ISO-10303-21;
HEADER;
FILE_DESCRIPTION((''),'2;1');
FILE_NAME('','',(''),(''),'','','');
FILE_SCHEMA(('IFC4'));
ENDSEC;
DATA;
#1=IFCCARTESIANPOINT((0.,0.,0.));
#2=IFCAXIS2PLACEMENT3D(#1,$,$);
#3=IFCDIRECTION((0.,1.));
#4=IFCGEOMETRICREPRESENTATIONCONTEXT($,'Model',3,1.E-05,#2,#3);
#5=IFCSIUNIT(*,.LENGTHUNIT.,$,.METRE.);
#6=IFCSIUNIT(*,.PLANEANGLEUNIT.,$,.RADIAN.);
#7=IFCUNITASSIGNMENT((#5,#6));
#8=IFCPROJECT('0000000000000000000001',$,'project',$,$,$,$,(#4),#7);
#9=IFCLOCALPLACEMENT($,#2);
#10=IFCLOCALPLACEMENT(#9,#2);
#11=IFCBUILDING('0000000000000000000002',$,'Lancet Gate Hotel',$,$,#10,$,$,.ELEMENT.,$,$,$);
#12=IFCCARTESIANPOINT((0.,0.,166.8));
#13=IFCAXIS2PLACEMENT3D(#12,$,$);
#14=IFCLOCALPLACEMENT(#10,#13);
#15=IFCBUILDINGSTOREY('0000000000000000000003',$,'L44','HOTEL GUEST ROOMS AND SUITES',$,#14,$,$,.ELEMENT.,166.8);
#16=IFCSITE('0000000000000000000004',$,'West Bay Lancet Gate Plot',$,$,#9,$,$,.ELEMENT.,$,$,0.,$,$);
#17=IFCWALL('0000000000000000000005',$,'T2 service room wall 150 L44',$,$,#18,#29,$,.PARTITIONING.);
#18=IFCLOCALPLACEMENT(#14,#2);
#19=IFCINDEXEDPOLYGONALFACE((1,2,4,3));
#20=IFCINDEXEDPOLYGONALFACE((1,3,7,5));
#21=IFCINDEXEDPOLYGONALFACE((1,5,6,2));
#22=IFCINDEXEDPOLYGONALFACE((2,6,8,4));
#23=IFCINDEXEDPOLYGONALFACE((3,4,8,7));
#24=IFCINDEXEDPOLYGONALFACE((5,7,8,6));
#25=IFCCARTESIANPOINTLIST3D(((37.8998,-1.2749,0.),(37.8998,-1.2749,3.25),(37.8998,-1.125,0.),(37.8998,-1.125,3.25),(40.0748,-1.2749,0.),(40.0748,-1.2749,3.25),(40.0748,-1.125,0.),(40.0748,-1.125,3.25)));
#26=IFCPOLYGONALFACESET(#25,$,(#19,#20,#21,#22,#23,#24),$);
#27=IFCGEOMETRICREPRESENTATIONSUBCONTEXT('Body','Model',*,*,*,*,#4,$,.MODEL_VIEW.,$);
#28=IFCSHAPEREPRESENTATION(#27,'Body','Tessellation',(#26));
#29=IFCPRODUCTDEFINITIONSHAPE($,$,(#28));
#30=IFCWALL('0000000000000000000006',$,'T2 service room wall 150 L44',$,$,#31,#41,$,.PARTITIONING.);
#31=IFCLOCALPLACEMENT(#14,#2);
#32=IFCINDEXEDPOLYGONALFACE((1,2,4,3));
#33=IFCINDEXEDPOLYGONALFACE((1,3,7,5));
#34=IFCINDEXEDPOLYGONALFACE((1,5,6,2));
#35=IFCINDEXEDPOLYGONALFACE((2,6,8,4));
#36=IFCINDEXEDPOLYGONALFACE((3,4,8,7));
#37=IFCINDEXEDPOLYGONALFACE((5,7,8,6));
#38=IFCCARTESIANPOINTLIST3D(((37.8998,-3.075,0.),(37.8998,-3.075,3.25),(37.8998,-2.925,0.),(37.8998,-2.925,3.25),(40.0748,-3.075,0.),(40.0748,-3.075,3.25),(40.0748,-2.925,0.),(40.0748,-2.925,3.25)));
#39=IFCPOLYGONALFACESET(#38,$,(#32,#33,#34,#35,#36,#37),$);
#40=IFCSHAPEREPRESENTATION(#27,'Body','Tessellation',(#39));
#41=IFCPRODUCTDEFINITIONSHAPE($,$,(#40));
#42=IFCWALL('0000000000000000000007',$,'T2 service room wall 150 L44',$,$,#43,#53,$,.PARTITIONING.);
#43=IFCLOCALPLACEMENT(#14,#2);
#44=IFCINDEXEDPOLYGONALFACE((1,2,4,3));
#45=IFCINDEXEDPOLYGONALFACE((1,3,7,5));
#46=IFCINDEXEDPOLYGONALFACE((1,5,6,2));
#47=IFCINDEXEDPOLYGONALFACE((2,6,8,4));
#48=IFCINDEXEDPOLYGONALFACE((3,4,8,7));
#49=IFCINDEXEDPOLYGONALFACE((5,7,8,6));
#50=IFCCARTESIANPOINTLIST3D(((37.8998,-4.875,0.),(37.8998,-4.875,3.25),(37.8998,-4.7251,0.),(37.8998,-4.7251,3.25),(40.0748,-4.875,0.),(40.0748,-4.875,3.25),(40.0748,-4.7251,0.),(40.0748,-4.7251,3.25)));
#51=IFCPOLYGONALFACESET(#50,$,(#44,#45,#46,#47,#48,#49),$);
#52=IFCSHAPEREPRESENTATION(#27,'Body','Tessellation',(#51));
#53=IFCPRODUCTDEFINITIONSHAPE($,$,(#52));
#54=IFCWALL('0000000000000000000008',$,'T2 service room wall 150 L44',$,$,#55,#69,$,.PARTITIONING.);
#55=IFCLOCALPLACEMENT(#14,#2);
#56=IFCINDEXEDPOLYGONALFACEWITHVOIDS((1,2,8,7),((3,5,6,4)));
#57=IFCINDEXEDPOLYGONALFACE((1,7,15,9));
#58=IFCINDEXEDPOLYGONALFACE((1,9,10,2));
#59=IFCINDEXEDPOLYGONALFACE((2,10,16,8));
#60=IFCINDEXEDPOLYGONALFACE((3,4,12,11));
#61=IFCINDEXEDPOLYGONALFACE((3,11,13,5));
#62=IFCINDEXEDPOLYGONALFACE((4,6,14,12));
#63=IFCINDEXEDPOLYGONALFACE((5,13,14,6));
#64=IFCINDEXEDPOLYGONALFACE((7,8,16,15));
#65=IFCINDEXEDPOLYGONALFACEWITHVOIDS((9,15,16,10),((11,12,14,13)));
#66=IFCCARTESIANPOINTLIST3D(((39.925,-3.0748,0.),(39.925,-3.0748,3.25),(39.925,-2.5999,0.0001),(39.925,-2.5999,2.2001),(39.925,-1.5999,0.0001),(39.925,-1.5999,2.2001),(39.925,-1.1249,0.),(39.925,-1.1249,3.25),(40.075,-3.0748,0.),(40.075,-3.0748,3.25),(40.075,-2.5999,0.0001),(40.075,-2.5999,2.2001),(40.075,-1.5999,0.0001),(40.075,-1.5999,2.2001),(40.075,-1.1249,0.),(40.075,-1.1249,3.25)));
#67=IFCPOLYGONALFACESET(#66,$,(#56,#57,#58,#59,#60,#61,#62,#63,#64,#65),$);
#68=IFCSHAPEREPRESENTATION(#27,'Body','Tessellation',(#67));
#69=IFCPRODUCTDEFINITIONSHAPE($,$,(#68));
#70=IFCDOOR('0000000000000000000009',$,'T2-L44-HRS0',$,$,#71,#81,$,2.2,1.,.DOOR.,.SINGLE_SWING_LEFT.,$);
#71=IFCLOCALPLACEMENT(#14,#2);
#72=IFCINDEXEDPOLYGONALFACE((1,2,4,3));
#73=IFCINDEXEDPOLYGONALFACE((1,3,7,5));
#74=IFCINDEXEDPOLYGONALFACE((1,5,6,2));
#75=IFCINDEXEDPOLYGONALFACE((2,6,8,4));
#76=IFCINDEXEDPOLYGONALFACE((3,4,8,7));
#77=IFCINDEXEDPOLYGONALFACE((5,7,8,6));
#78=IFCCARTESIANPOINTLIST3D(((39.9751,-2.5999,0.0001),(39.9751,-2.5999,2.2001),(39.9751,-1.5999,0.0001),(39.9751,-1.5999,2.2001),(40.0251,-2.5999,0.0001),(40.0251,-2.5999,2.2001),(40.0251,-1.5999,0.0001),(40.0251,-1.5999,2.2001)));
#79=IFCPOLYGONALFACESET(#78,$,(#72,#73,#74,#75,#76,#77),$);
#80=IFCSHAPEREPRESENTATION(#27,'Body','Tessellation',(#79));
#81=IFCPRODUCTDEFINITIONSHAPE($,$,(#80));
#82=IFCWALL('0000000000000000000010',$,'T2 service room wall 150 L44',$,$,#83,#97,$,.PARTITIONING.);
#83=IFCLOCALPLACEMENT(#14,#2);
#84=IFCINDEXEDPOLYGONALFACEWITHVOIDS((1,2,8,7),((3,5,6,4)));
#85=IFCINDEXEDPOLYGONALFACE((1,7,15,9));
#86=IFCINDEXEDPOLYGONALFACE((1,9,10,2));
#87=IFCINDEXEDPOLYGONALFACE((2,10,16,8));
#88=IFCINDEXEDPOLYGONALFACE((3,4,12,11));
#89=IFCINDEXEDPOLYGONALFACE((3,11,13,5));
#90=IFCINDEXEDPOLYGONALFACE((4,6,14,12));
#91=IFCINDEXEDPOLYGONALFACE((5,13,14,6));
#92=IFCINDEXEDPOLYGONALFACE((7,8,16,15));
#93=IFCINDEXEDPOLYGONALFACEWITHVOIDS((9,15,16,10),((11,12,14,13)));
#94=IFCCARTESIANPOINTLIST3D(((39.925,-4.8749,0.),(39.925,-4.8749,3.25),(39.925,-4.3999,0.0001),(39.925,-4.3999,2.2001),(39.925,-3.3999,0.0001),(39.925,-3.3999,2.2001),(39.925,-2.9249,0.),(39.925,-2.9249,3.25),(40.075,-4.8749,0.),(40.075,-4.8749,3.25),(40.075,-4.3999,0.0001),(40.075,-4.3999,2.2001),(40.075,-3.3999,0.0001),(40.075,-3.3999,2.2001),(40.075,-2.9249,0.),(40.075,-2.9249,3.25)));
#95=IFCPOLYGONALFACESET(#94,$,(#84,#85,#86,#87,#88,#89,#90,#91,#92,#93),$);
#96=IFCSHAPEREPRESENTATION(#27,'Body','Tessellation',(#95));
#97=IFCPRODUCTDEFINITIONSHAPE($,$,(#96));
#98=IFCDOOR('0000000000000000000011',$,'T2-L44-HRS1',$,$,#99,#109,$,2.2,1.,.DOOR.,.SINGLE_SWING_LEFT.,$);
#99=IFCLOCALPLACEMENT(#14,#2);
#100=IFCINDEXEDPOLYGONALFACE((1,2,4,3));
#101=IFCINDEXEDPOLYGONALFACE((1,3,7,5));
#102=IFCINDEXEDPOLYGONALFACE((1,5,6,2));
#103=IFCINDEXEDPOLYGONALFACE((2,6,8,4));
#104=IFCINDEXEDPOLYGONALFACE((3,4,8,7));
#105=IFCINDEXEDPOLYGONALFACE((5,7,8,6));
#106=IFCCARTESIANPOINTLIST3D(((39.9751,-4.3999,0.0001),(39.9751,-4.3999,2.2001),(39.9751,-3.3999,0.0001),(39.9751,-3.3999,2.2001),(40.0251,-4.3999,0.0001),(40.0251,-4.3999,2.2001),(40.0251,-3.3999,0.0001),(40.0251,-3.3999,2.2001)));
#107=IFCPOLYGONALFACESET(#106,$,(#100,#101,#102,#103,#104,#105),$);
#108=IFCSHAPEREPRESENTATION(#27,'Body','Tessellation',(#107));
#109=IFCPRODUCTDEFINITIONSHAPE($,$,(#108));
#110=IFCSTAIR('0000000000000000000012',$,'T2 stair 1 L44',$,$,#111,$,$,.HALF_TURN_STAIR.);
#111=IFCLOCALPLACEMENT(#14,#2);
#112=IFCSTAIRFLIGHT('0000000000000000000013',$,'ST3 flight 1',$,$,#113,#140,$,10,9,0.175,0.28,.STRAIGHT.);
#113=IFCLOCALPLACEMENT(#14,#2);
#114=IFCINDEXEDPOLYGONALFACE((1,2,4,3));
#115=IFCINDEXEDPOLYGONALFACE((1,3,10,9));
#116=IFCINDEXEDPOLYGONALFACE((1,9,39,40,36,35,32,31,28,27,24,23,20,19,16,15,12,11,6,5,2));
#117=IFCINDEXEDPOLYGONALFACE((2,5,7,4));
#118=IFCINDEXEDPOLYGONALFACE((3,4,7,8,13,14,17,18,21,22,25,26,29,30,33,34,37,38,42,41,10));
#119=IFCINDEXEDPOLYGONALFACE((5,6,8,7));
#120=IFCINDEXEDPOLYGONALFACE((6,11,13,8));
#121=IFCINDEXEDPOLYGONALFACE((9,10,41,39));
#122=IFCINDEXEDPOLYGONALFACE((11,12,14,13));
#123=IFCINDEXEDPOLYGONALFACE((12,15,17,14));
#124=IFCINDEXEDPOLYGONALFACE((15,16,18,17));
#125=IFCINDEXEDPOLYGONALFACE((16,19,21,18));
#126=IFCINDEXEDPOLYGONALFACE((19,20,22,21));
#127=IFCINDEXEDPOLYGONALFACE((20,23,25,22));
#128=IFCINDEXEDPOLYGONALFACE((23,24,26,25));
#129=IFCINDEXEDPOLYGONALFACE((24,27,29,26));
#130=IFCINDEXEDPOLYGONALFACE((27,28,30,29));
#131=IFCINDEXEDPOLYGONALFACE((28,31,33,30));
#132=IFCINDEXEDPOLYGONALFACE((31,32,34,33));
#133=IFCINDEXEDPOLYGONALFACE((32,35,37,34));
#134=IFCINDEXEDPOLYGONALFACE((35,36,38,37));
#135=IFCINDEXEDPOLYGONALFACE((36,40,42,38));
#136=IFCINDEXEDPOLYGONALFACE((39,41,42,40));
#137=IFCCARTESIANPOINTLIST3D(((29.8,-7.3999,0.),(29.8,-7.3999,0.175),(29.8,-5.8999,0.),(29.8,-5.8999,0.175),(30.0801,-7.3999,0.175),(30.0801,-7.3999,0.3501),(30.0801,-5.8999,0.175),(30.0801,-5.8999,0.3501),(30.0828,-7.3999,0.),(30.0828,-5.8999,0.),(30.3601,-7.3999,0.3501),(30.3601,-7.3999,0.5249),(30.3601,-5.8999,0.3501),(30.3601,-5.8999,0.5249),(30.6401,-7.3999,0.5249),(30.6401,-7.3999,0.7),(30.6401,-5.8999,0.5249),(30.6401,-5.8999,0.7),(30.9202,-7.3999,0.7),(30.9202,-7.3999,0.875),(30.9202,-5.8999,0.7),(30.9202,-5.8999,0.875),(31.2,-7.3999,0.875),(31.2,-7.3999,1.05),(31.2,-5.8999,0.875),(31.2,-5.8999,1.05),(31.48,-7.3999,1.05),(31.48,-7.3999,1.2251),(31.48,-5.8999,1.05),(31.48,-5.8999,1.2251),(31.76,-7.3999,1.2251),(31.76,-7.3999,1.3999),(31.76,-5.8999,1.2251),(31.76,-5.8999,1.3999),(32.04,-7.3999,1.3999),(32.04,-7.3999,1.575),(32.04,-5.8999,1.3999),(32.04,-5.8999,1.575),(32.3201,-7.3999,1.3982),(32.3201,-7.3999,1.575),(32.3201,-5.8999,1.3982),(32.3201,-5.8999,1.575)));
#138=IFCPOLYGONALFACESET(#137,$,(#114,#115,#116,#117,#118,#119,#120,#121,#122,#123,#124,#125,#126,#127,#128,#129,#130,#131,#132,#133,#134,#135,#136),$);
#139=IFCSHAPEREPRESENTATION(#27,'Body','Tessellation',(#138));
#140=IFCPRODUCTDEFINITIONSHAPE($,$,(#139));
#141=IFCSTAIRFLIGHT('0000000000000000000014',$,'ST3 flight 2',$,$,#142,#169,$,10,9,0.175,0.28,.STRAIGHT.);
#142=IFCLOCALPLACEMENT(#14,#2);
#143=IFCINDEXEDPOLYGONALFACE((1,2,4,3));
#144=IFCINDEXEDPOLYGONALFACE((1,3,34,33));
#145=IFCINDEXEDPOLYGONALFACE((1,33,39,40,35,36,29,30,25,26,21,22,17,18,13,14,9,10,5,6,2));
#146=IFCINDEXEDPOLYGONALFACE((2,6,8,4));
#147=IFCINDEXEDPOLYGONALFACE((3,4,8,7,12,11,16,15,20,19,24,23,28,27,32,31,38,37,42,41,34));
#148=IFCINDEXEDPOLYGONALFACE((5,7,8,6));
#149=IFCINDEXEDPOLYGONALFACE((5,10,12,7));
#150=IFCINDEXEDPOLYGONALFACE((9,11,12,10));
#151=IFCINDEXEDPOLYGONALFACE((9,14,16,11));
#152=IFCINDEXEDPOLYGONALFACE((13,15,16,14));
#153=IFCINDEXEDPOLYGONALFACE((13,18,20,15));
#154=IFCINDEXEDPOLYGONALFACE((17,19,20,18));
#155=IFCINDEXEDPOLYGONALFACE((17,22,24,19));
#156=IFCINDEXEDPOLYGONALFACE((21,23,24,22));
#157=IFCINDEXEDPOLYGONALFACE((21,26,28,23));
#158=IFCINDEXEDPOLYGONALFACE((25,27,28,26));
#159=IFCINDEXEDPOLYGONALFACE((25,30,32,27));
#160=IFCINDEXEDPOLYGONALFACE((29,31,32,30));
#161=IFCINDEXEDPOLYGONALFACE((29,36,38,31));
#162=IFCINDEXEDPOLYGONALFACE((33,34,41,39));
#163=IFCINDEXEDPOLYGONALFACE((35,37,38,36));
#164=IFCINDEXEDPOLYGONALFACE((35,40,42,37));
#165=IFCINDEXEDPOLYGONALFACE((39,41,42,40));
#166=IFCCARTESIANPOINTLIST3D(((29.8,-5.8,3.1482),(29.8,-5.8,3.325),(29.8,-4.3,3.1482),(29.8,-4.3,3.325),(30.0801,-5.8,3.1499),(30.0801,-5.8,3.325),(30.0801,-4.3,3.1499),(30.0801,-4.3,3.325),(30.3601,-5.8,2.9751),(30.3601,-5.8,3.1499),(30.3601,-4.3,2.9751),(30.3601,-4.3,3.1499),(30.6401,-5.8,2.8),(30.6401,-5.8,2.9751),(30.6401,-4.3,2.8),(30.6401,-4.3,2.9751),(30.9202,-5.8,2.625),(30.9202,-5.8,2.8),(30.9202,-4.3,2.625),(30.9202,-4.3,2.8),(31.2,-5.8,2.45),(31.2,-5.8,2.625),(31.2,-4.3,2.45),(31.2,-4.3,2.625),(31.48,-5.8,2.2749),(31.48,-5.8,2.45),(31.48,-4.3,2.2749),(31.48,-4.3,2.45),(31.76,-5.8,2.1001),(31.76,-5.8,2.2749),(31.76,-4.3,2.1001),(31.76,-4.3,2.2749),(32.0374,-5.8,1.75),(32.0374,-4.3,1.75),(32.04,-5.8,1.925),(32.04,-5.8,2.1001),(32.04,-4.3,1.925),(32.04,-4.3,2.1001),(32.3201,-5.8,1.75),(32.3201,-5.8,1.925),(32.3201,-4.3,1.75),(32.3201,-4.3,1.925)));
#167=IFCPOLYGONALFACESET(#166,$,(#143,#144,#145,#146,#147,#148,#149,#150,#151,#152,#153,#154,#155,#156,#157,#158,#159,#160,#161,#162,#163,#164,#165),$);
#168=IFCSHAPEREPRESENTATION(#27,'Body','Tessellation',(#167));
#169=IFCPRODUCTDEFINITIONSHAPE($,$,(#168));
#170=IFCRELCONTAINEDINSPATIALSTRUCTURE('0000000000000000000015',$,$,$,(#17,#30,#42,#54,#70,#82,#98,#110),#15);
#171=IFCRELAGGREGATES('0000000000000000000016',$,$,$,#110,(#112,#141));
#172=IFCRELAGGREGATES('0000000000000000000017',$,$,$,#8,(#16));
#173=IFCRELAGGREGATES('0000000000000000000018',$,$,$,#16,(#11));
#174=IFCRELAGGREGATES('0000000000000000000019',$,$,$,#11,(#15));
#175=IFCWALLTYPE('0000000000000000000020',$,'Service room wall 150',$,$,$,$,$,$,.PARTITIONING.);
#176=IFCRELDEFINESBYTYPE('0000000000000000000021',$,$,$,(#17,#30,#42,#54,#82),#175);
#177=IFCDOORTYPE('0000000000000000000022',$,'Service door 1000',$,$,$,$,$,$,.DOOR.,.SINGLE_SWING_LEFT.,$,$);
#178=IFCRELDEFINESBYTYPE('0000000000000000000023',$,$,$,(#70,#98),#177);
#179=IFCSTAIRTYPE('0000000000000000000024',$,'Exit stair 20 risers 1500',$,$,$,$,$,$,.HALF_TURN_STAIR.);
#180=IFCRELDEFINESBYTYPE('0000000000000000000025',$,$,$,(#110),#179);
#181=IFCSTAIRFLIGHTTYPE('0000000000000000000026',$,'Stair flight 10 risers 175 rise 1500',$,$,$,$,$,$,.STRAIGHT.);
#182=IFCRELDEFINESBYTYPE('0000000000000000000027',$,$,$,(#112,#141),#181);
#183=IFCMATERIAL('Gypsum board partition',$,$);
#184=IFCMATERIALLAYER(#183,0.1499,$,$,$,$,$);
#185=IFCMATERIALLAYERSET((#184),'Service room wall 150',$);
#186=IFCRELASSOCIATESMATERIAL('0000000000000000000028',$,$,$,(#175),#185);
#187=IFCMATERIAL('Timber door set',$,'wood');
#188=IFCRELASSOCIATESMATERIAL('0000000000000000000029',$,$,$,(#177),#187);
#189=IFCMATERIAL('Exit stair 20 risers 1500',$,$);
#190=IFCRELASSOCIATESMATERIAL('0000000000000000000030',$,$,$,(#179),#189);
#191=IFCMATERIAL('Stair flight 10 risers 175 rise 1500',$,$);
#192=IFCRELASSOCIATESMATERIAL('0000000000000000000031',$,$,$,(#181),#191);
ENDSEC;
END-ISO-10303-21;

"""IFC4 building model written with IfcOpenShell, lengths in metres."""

from ifc_helpers import new_model, si_unit, direction, frame, frame_2d, origin, place, context, subcontext, project, spatial, polyline, rectangle, outline, extrude, material, layer, layer_set, type_object, element, fill, aggregate, save


model = new_model("IFC4")

# Units and contexts
model_context = context("Model", 3, precision=1e-05, world=origin(), true_north=direction((0.0, 1.0)))
body_context = subcontext(model_context, "Body", "Model", "MODEL_VIEW")
ifc_project = project(units=[si_unit("LENGTHUNIT", "METRE"), si_unit("PLANEANGLEUNIT", "RADIAN")], contexts=[model_context])

# Site, building, storey
site_placement = place(None, origin())
site = spatial("IfcSite", under=ifc_project, at=site_placement, Name="West Bay Lancet Gate Plot", CompositionType="ELEMENT", RefElevation=0.0)
building_placement = place(site_placement, origin())
building = spatial("IfcBuilding", under=site, at=building_placement, Name="Lancet Gate Hotel", CompositionType="ELEMENT")
storey_placement = place(building_placement, frame((0.0, 0.0, 166.8)))
storey = spatial("IfcBuildingStorey", under=building, at=storey_placement, Name="L44", Description="HOTEL GUEST ROOMS AND SUITES", CompositionType="ELEMENT", Elevation=166.8)

# Walls
ifc_material_1 = material(Name="Gypsum board partition")
ifc_layer_1 = layer(ifc_material_1, 0.1499)
ifc_layer_set_1 = layer_set([ifc_layer_1], Name="Service room wall 150")
wall_type_1 = type_object("IfcWallType", Name="Service room wall 150", PredefinedType="PARTITIONING", material=ifc_layer_set_1)
for number, where, z_axis, x_axis, name in (
    (1, (37.8999, -1.2, 0.0), (0.0, 0.0, 1.0), (1.0, 0.0, 0.0), "T2 service room wall 150 L44"),
    (2, (37.8999, -3.0, 0.0), (0.0, 0.0, 1.0), (1.0, 0.0, 0.0), "T2 service room wall 150 L44"),
    (3, (37.8999, -4.8, 0.0), (0.0, 0.0, 1.0), (1.0, 0.0, 0.0), "T2 service room wall 150 L44"),
):
    element("IfcWall", number, at=place(storey_placement, frame(where, z_axis=z_axis, x_axis=x_axis)), inside=storey, type_object=wall_type_1, Name=name, PredefinedType="PARTITIONING", context=body_context, shape_type="SweptSolid", body=[
        extrude(rectangle(XDim=2.175, YDim=0.1499, at=frame_2d((1.0874, 0.0))), origin(), (0.0, 0.0, 1.0), 3.25),
    ])

# Walls, openings, doors
wall_1_placement = place(storey_placement, frame((40.0, -3.075, 0.0), z_axis=(0.0, 0.0, 1.0), x_axis=(0.0, 1.0, 0.0)))
wall_1 = element("IfcWall", 4, at=wall_1_placement, inside=storey, type_object=wall_type_1, Name="T2 service room wall 150 L44", PredefinedType="PARTITIONING", context=body_context, shape_type="SweptSolid", body=[
    extrude(rectangle(XDim=1.95, YDim=0.1499, at=frame_2d((0.9751, 0.0))), origin(), (0.0, 0.0, 1.0), 3.25),
])
opening_1_placement = place(wall_1_placement, frame((0.4751, 0.0, 0.0)))
opening_1 = element("IfcOpeningElement", 5, at=opening_1_placement, cuts=wall_1, PredefinedType="OPENING", context=body_context, shape_type="SweptSolid", body=[
    extrude(rectangle(XDim=1.0, YDim=2.2, at=frame_2d((0.5, 1.1001))), frame((0.0, 0.085, 0.0), z_axis=(0.0, -1.0, 0.0), x_axis=(1.0, 0.0, 0.0)), (0.0, 0.0, 1.0), 0.1699),
])
ifc_material_2 = material(Name="Timber door set", Category="wood")
door_type_1 = type_object("IfcDoorType", Name="Service door 1000", OperationType="SINGLE_SWING_LEFT", PredefinedType="DOOR", material=ifc_material_2)
door_1_placement = place(opening_1_placement, origin())
door_1 = element("IfcDoor", 6, at=door_1_placement, inside=storey, type_object=door_type_1, Name="T2-L44-HRS0", OperationType="SINGLE_SWING_LEFT", OverallHeight=2.2, OverallWidth=1.0, PredefinedType="DOOR", context=body_context, shape_type="SweptSolid", body=[
    extrude(rectangle(XDim=1.0, YDim=2.2, at=frame_2d((0.5, 1.1001))), frame((0.0, 0.0249, 0.0), z_axis=(0.0, -1.0, 0.0), x_axis=(1.0, 0.0, 0.0)), (0.0, 0.0, 1.0), 0.05),
])
fill(opening_1, door_1)
wall_2_placement = place(storey_placement, frame((40.0, -4.875, 0.0), z_axis=(0.0, 0.0, 1.0), x_axis=(0.0, 1.0, 0.0)))
wall_2 = element("IfcWall", 7, at=wall_2_placement, inside=storey, type_object=wall_type_1, Name="T2 service room wall 150 L44", PredefinedType="PARTITIONING", context=body_context, shape_type="SweptSolid", body=[
    extrude(rectangle(XDim=1.95, YDim=0.1499, at=frame_2d((0.9751, 0.0))), origin(), (0.0, 0.0, 1.0), 3.25),
])
opening_2_placement = place(wall_2_placement, frame((0.4751, 0.0, 0.0)))
opening_2 = element("IfcOpeningElement", 8, at=opening_2_placement, cuts=wall_2, PredefinedType="OPENING", context=body_context, shape_type="SweptSolid", body=[
    extrude(rectangle(XDim=1.0, YDim=2.2, at=frame_2d((0.5, 1.1001))), frame((0.0, 0.085, 0.0), z_axis=(0.0, -1.0, 0.0), x_axis=(1.0, 0.0, 0.0)), (0.0, 0.0, 1.0), 0.1699),
])
door_2_placement = place(opening_2_placement, origin())
door_2 = element("IfcDoor", 9, at=door_2_placement, inside=storey, type_object=door_type_1, Name="T2-L44-HRS1", OperationType="SINGLE_SWING_LEFT", OverallHeight=2.2, OverallWidth=1.0, PredefinedType="DOOR", context=body_context, shape_type="SweptSolid", body=[
    extrude(rectangle(XDim=1.0, YDim=2.2, at=frame_2d((0.5, 1.1001))), frame((0.0, 0.0249, 0.0), z_axis=(0.0, -1.0, 0.0), x_axis=(1.0, 0.0, 0.0)), (0.0, 0.0, 1.0), 0.05),
])
fill(opening_2, door_2)

# Stair, stair flights
ifc_material_3 = material(Name="Exit stair 20 risers 1500")
stair_type = type_object("IfcStairType", Name="Exit stair 20 risers 1500", PredefinedType="HALF_TURN_STAIR", material=ifc_material_3)
stair_placement = place(storey_placement, origin())
stair = element("IfcStair", 10, at=stair_placement, inside=storey, type_object=stair_type, Name="T2 stair 1 L44", PredefinedType="HALF_TURN_STAIR")
ifc_material_4 = material(Name="Stair flight 10 risers 175 rise 1500")
stair_flight_type = type_object("IfcStairFlightType", Name="Stair flight 10 risers 175 rise 1500", PredefinedType="STRAIGHT", material=ifc_material_4)
stair_flight_1_placement = place(storey_placement, frame((29.8, -6.6499, 0.0), z_axis=(0.0, 0.0, 1.0), x_axis=(1.0, 0.0, 0.0)))
stair_flight_1 = element("IfcStairFlight", 11, at=stair_flight_1_placement, type_object=stair_flight_type, Name="ST3 flight 1", NumberOfRisers=10, NumberOfTreads=9, PredefinedType="STRAIGHT", RiserHeight=0.175, TreadLength=0.28, context=body_context, shape_type="SweptSolid", body=[
    extrude(outline(polyline([(0.0, 0.0), (0.0, 0.175), (0.28, 0.175), (0.28, 0.3501), (0.5601, 0.3501), (0.5601, 0.5249), (0.8401, 0.5249), (0.8401, 0.7), (1.1201, 0.7), (1.1201, 0.875), (1.3999, 0.875), (1.3999, 1.05), (1.6799, 1.05), (1.6799, 1.2251), (1.96, 1.2251), (1.96, 1.3999), (2.24, 1.3999), (2.24, 1.575), (2.52, 1.575), (2.52, 1.75), (2.52, 1.3982), (0.2827, 0.0), (0.0, 0.0)])), frame((0.0, 0.75, 0.0), z_axis=(0.0, -1.0, 0.0), x_axis=(1.0, 0.0, 0.0)), (0.0, 0.0, 1.0), 1.5),
])
stair_flight_2_placement = place(storey_placement, frame((32.3201, -5.05, 1.75), z_axis=(0.0, 0.0, 1.0), x_axis=(-1.0, 0.0, 0.0)))
stair_flight_2 = element("IfcStairFlight", 12, at=stair_flight_2_placement, type_object=stair_flight_type, Name="ST3 flight 2", NumberOfRisers=10, NumberOfTreads=9, PredefinedType="STRAIGHT", RiserHeight=0.175, TreadLength=0.28, context=body_context, shape_type="SweptSolid", body=[
    extrude(outline(polyline([(0.0, 0.0), (0.0, 0.175), (0.28, 0.175), (0.28, 0.3501), (0.5601, 0.3501), (0.5601, 0.5249), (0.8401, 0.5249), (0.8401, 0.7), (1.1201, 0.7), (1.1201, 0.875), (1.3999, 0.875), (1.3999, 1.05), (1.6799, 1.05), (1.6799, 1.2251), (1.96, 1.2251), (1.96, 1.3999), (2.24, 1.3999), (2.24, 1.575), (2.52, 1.575), (2.52, 1.75), (2.52, 1.3982), (0.2827, 0.0), (0.0, 0.0)])), frame((0.0, 0.75, 0.0), z_axis=(0.0, -1.0, 0.0), x_axis=(1.0, 0.0, 0.0)), (0.0, 0.0, 1.0), 1.5),
])
aggregate(stair, [stair_flight_1, stair_flight_2])

save(model, "model.ifc")
